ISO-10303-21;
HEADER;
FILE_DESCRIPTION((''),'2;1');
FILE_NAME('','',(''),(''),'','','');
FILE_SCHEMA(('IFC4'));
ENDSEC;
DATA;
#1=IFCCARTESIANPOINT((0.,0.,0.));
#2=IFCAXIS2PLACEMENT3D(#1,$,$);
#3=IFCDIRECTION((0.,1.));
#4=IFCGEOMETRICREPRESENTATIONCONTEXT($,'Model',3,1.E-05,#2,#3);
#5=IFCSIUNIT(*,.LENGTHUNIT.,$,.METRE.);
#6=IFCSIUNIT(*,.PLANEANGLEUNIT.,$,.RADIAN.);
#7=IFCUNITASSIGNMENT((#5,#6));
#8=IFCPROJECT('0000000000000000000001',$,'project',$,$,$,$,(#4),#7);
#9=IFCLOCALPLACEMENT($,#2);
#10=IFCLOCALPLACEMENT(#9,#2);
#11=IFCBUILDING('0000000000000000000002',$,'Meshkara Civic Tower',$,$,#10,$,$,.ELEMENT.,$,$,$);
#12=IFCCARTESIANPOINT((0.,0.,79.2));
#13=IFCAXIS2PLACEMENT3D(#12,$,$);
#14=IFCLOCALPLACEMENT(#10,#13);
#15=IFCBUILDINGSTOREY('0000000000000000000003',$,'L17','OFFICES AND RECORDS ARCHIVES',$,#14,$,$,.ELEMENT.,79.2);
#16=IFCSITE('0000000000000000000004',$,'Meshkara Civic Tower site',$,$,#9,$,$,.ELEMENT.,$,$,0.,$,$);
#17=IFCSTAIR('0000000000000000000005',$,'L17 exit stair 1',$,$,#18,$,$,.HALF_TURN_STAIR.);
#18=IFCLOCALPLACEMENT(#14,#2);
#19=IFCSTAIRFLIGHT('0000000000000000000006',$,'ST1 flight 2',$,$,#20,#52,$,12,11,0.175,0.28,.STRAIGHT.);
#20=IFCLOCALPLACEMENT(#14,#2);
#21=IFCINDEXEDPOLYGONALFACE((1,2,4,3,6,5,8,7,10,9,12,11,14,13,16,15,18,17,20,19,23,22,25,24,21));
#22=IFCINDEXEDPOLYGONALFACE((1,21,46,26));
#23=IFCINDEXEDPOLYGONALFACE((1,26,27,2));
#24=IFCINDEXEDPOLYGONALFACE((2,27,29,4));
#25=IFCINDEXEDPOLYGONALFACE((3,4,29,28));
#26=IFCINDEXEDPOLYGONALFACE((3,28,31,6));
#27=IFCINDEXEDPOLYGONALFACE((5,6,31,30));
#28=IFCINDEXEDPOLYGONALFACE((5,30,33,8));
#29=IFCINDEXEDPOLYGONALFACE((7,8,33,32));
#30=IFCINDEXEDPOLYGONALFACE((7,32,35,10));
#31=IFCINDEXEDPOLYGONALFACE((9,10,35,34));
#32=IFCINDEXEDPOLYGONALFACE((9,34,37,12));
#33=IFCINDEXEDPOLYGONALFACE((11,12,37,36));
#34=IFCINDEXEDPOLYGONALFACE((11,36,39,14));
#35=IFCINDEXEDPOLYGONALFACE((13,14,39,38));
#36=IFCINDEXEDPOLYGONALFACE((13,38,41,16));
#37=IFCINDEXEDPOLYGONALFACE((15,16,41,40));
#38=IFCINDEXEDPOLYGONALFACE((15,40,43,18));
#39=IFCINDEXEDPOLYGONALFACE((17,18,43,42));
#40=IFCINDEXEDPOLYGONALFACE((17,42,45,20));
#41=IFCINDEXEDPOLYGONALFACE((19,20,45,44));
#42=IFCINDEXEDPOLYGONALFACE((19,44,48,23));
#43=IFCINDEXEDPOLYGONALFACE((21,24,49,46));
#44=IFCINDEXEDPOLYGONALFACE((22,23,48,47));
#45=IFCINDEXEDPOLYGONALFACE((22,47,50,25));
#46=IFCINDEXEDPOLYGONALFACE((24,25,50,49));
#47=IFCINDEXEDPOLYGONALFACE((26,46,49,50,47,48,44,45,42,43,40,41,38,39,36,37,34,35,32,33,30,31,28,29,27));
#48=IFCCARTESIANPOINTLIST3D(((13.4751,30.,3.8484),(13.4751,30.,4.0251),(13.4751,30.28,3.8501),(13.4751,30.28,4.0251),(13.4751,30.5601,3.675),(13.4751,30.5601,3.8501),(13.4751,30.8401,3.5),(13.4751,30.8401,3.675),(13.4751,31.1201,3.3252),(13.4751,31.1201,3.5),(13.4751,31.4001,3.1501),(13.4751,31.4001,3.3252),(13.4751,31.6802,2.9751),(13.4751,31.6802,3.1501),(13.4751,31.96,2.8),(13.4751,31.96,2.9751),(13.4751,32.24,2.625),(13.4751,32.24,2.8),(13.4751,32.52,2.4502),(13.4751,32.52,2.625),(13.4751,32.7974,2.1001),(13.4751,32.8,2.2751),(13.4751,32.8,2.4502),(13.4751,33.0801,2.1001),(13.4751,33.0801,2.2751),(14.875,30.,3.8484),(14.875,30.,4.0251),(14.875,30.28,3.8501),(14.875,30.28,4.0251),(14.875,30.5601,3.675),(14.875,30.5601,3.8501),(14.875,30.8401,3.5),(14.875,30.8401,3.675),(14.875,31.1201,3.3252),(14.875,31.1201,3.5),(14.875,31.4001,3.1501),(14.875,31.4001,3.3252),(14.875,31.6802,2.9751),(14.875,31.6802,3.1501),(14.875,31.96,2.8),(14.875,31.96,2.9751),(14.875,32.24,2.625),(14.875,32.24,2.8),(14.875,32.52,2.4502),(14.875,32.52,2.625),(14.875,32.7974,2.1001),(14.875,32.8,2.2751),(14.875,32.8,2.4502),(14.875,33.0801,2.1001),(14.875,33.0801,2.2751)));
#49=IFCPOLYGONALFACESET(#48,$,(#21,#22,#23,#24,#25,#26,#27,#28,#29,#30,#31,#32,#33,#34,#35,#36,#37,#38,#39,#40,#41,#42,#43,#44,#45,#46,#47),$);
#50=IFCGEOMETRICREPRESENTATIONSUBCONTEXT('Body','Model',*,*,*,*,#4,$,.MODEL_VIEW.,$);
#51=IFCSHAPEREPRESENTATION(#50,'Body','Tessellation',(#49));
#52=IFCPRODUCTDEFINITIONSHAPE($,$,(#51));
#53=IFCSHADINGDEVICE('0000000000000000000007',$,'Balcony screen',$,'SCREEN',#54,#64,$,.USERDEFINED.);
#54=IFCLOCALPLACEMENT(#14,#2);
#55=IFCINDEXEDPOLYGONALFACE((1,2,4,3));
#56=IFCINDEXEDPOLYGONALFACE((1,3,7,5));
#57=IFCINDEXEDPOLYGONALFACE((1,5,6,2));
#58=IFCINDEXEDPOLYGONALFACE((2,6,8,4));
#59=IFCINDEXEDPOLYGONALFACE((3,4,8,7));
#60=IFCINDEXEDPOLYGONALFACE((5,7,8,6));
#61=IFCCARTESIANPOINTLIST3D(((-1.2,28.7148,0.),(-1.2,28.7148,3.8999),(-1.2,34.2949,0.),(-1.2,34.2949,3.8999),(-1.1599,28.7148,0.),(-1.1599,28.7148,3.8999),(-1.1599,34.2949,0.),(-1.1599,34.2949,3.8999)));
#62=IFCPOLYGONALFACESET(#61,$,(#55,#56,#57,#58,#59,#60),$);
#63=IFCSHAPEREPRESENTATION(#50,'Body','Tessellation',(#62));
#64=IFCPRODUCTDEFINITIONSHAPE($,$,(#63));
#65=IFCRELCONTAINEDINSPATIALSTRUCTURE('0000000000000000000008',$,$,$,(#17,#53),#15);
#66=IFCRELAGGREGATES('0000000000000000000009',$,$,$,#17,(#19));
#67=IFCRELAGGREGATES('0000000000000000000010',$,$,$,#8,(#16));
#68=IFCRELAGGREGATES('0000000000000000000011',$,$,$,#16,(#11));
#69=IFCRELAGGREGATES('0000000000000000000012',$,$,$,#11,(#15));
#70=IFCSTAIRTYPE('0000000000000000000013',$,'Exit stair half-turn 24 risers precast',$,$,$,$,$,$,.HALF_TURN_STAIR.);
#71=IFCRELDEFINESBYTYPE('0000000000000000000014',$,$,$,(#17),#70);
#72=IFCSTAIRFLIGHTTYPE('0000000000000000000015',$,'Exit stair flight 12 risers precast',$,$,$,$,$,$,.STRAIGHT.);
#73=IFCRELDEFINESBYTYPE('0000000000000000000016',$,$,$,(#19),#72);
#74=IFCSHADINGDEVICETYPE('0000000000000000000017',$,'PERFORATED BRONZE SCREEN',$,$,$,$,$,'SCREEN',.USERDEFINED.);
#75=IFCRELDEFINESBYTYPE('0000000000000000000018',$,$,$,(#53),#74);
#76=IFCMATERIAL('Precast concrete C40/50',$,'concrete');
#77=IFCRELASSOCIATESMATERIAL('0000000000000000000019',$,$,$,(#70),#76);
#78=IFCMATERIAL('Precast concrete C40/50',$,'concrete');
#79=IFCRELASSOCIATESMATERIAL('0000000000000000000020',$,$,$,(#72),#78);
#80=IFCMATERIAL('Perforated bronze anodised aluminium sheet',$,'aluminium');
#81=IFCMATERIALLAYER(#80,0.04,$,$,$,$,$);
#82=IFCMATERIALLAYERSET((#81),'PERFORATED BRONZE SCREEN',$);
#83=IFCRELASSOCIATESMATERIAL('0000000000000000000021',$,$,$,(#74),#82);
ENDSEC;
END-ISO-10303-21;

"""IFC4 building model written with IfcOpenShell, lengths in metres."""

from ifc_helpers import new_model, si_unit, direction, frame, origin, origin_2d, place, context, subcontext, project, spatial, polyline, rectangle, outline, extrude, material, layer, layer_set, type_object, element, aggregate, save


model = new_model("IFC4")

# Units and contexts
model_context = context("Model", 3, precision=1e-05, world=origin(), true_north=direction((0.0, 1.0)))
body_context = subcontext(model_context, "Body", "Model", "MODEL_VIEW")
ifc_project = project(units=[si_unit("LENGTHUNIT", "METRE"), si_unit("PLANEANGLEUNIT", "RADIAN")], contexts=[model_context])

# Site, building, storey
site_placement = place(None, origin())
site = spatial("IfcSite", under=ifc_project, at=site_placement, Name="Meshkara Civic Tower site", CompositionType="ELEMENT", RefElevation=0.0)
building_placement = place(site_placement, origin())
building = spatial("IfcBuilding", under=site, at=building_placement, Name="Meshkara Civic Tower", CompositionType="ELEMENT")
storey_placement = place(building_placement, frame((0.0, 0.0, 79.2)))
storey = spatial("IfcBuildingStorey", under=building, at=storey_placement, Name="L17", Description="OFFICES AND RECORDS ARCHIVES", CompositionType="ELEMENT", Elevation=79.2)

# Stair, stair flight
ifc_material_1 = material(Name="Precast concrete C40/50", Category="concrete")
stair_type = type_object("IfcStairType", Name="Exit stair half-turn 24 risers precast", PredefinedType="HALF_TURN_STAIR", material=ifc_material_1)
stair_placement = place(storey_placement, origin())
stair = element("IfcStair", 1, at=stair_placement, inside=storey, type_object=stair_type, Name="L17 exit stair 1", PredefinedType="HALF_TURN_STAIR")
ifc_material_2 = material(Name="Precast concrete C40/50", Category="concrete")
stair_flight_type = type_object("IfcStairFlightType", Name="Exit stair flight 12 risers precast", PredefinedType="STRAIGHT", material=ifc_material_2)
stair_flight_1_placement = place(storey_placement, frame((14.175, 33.0801, 2.1001), z_axis=(0.0, 0.0, 1.0), x_axis=(0.0, -1.0, 0.0)))
stair_flight_1 = element("IfcStairFlight", 2, at=stair_flight_1_placement, type_object=stair_flight_type, Name="ST1 flight 2", NumberOfRisers=12, NumberOfTreads=11, PredefinedType="STRAIGHT", RiserHeight=0.175, TreadLength=0.28, context=body_context, shape_type="SweptSolid", body=[
    extrude(outline(polyline([(0.0, 0.0), (0.0, 0.175), (0.28, 0.175), (0.28, 0.3501), (0.5601, 0.3501), (0.5601, 0.5249), (0.8401, 0.5249), (0.8401, 0.7), (1.1201, 0.7), (1.1201, 0.875), (1.3999, 0.875), (1.3999, 1.05), (1.6799, 1.05), (1.6799, 1.2251), (1.96, 1.2251), (1.96, 1.3999), (2.24, 1.3999), (2.24, 1.575), (2.52, 1.575), (2.52, 1.75), (2.8, 1.75), (2.8, 1.925), (3.0801, 1.925), (3.0801, 2.1001), (3.0801, 1.7483), (0.2827, 0.0), (0.0, 0.0)])), frame((0.0, 0.7, 0.0), z_axis=(0.0, -1.0, 0.0), x_axis=(1.0, 0.0, 0.0)), (0.0, 0.0, 1.0), 1.3999),
])
aggregate(stair, [stair_flight_1])

# Shading device
ifc_material_3 = material(Name="Perforated bronze anodised aluminium sheet", Category="aluminium")
ifc_layer_1 = layer(ifc_material_3, 0.04)
ifc_layer_set_1 = layer_set([ifc_layer_1], Name="PERFORATED BRONZE SCREEN")
shading_device_type = type_object("IfcShadingDeviceType", Name="PERFORATED BRONZE SCREEN", ElementType="SCREEN", PredefinedType="USERDEFINED", material=ifc_layer_set_1)
shading_device_placement = place(storey_placement, frame((-1.1799, 31.5049, 0.0), z_axis=(0.0, 0.0, 1.0), x_axis=(0.0, -1.0, 0.0)))
element("IfcShadingDevice", 3, at=shading_device_placement, inside=storey, type_object=shading_device_type, Name="Balcony screen", ObjectType="SCREEN", PredefinedType="USERDEFINED", context=body_context, shape_type="SweptSolid", body=[
    extrude(rectangle(XDim=5.5801, YDim=0.04, at=origin_2d()), origin(), (0.0, 0.0, 1.0), 3.8999),
])

save(model, "model.ifc")
